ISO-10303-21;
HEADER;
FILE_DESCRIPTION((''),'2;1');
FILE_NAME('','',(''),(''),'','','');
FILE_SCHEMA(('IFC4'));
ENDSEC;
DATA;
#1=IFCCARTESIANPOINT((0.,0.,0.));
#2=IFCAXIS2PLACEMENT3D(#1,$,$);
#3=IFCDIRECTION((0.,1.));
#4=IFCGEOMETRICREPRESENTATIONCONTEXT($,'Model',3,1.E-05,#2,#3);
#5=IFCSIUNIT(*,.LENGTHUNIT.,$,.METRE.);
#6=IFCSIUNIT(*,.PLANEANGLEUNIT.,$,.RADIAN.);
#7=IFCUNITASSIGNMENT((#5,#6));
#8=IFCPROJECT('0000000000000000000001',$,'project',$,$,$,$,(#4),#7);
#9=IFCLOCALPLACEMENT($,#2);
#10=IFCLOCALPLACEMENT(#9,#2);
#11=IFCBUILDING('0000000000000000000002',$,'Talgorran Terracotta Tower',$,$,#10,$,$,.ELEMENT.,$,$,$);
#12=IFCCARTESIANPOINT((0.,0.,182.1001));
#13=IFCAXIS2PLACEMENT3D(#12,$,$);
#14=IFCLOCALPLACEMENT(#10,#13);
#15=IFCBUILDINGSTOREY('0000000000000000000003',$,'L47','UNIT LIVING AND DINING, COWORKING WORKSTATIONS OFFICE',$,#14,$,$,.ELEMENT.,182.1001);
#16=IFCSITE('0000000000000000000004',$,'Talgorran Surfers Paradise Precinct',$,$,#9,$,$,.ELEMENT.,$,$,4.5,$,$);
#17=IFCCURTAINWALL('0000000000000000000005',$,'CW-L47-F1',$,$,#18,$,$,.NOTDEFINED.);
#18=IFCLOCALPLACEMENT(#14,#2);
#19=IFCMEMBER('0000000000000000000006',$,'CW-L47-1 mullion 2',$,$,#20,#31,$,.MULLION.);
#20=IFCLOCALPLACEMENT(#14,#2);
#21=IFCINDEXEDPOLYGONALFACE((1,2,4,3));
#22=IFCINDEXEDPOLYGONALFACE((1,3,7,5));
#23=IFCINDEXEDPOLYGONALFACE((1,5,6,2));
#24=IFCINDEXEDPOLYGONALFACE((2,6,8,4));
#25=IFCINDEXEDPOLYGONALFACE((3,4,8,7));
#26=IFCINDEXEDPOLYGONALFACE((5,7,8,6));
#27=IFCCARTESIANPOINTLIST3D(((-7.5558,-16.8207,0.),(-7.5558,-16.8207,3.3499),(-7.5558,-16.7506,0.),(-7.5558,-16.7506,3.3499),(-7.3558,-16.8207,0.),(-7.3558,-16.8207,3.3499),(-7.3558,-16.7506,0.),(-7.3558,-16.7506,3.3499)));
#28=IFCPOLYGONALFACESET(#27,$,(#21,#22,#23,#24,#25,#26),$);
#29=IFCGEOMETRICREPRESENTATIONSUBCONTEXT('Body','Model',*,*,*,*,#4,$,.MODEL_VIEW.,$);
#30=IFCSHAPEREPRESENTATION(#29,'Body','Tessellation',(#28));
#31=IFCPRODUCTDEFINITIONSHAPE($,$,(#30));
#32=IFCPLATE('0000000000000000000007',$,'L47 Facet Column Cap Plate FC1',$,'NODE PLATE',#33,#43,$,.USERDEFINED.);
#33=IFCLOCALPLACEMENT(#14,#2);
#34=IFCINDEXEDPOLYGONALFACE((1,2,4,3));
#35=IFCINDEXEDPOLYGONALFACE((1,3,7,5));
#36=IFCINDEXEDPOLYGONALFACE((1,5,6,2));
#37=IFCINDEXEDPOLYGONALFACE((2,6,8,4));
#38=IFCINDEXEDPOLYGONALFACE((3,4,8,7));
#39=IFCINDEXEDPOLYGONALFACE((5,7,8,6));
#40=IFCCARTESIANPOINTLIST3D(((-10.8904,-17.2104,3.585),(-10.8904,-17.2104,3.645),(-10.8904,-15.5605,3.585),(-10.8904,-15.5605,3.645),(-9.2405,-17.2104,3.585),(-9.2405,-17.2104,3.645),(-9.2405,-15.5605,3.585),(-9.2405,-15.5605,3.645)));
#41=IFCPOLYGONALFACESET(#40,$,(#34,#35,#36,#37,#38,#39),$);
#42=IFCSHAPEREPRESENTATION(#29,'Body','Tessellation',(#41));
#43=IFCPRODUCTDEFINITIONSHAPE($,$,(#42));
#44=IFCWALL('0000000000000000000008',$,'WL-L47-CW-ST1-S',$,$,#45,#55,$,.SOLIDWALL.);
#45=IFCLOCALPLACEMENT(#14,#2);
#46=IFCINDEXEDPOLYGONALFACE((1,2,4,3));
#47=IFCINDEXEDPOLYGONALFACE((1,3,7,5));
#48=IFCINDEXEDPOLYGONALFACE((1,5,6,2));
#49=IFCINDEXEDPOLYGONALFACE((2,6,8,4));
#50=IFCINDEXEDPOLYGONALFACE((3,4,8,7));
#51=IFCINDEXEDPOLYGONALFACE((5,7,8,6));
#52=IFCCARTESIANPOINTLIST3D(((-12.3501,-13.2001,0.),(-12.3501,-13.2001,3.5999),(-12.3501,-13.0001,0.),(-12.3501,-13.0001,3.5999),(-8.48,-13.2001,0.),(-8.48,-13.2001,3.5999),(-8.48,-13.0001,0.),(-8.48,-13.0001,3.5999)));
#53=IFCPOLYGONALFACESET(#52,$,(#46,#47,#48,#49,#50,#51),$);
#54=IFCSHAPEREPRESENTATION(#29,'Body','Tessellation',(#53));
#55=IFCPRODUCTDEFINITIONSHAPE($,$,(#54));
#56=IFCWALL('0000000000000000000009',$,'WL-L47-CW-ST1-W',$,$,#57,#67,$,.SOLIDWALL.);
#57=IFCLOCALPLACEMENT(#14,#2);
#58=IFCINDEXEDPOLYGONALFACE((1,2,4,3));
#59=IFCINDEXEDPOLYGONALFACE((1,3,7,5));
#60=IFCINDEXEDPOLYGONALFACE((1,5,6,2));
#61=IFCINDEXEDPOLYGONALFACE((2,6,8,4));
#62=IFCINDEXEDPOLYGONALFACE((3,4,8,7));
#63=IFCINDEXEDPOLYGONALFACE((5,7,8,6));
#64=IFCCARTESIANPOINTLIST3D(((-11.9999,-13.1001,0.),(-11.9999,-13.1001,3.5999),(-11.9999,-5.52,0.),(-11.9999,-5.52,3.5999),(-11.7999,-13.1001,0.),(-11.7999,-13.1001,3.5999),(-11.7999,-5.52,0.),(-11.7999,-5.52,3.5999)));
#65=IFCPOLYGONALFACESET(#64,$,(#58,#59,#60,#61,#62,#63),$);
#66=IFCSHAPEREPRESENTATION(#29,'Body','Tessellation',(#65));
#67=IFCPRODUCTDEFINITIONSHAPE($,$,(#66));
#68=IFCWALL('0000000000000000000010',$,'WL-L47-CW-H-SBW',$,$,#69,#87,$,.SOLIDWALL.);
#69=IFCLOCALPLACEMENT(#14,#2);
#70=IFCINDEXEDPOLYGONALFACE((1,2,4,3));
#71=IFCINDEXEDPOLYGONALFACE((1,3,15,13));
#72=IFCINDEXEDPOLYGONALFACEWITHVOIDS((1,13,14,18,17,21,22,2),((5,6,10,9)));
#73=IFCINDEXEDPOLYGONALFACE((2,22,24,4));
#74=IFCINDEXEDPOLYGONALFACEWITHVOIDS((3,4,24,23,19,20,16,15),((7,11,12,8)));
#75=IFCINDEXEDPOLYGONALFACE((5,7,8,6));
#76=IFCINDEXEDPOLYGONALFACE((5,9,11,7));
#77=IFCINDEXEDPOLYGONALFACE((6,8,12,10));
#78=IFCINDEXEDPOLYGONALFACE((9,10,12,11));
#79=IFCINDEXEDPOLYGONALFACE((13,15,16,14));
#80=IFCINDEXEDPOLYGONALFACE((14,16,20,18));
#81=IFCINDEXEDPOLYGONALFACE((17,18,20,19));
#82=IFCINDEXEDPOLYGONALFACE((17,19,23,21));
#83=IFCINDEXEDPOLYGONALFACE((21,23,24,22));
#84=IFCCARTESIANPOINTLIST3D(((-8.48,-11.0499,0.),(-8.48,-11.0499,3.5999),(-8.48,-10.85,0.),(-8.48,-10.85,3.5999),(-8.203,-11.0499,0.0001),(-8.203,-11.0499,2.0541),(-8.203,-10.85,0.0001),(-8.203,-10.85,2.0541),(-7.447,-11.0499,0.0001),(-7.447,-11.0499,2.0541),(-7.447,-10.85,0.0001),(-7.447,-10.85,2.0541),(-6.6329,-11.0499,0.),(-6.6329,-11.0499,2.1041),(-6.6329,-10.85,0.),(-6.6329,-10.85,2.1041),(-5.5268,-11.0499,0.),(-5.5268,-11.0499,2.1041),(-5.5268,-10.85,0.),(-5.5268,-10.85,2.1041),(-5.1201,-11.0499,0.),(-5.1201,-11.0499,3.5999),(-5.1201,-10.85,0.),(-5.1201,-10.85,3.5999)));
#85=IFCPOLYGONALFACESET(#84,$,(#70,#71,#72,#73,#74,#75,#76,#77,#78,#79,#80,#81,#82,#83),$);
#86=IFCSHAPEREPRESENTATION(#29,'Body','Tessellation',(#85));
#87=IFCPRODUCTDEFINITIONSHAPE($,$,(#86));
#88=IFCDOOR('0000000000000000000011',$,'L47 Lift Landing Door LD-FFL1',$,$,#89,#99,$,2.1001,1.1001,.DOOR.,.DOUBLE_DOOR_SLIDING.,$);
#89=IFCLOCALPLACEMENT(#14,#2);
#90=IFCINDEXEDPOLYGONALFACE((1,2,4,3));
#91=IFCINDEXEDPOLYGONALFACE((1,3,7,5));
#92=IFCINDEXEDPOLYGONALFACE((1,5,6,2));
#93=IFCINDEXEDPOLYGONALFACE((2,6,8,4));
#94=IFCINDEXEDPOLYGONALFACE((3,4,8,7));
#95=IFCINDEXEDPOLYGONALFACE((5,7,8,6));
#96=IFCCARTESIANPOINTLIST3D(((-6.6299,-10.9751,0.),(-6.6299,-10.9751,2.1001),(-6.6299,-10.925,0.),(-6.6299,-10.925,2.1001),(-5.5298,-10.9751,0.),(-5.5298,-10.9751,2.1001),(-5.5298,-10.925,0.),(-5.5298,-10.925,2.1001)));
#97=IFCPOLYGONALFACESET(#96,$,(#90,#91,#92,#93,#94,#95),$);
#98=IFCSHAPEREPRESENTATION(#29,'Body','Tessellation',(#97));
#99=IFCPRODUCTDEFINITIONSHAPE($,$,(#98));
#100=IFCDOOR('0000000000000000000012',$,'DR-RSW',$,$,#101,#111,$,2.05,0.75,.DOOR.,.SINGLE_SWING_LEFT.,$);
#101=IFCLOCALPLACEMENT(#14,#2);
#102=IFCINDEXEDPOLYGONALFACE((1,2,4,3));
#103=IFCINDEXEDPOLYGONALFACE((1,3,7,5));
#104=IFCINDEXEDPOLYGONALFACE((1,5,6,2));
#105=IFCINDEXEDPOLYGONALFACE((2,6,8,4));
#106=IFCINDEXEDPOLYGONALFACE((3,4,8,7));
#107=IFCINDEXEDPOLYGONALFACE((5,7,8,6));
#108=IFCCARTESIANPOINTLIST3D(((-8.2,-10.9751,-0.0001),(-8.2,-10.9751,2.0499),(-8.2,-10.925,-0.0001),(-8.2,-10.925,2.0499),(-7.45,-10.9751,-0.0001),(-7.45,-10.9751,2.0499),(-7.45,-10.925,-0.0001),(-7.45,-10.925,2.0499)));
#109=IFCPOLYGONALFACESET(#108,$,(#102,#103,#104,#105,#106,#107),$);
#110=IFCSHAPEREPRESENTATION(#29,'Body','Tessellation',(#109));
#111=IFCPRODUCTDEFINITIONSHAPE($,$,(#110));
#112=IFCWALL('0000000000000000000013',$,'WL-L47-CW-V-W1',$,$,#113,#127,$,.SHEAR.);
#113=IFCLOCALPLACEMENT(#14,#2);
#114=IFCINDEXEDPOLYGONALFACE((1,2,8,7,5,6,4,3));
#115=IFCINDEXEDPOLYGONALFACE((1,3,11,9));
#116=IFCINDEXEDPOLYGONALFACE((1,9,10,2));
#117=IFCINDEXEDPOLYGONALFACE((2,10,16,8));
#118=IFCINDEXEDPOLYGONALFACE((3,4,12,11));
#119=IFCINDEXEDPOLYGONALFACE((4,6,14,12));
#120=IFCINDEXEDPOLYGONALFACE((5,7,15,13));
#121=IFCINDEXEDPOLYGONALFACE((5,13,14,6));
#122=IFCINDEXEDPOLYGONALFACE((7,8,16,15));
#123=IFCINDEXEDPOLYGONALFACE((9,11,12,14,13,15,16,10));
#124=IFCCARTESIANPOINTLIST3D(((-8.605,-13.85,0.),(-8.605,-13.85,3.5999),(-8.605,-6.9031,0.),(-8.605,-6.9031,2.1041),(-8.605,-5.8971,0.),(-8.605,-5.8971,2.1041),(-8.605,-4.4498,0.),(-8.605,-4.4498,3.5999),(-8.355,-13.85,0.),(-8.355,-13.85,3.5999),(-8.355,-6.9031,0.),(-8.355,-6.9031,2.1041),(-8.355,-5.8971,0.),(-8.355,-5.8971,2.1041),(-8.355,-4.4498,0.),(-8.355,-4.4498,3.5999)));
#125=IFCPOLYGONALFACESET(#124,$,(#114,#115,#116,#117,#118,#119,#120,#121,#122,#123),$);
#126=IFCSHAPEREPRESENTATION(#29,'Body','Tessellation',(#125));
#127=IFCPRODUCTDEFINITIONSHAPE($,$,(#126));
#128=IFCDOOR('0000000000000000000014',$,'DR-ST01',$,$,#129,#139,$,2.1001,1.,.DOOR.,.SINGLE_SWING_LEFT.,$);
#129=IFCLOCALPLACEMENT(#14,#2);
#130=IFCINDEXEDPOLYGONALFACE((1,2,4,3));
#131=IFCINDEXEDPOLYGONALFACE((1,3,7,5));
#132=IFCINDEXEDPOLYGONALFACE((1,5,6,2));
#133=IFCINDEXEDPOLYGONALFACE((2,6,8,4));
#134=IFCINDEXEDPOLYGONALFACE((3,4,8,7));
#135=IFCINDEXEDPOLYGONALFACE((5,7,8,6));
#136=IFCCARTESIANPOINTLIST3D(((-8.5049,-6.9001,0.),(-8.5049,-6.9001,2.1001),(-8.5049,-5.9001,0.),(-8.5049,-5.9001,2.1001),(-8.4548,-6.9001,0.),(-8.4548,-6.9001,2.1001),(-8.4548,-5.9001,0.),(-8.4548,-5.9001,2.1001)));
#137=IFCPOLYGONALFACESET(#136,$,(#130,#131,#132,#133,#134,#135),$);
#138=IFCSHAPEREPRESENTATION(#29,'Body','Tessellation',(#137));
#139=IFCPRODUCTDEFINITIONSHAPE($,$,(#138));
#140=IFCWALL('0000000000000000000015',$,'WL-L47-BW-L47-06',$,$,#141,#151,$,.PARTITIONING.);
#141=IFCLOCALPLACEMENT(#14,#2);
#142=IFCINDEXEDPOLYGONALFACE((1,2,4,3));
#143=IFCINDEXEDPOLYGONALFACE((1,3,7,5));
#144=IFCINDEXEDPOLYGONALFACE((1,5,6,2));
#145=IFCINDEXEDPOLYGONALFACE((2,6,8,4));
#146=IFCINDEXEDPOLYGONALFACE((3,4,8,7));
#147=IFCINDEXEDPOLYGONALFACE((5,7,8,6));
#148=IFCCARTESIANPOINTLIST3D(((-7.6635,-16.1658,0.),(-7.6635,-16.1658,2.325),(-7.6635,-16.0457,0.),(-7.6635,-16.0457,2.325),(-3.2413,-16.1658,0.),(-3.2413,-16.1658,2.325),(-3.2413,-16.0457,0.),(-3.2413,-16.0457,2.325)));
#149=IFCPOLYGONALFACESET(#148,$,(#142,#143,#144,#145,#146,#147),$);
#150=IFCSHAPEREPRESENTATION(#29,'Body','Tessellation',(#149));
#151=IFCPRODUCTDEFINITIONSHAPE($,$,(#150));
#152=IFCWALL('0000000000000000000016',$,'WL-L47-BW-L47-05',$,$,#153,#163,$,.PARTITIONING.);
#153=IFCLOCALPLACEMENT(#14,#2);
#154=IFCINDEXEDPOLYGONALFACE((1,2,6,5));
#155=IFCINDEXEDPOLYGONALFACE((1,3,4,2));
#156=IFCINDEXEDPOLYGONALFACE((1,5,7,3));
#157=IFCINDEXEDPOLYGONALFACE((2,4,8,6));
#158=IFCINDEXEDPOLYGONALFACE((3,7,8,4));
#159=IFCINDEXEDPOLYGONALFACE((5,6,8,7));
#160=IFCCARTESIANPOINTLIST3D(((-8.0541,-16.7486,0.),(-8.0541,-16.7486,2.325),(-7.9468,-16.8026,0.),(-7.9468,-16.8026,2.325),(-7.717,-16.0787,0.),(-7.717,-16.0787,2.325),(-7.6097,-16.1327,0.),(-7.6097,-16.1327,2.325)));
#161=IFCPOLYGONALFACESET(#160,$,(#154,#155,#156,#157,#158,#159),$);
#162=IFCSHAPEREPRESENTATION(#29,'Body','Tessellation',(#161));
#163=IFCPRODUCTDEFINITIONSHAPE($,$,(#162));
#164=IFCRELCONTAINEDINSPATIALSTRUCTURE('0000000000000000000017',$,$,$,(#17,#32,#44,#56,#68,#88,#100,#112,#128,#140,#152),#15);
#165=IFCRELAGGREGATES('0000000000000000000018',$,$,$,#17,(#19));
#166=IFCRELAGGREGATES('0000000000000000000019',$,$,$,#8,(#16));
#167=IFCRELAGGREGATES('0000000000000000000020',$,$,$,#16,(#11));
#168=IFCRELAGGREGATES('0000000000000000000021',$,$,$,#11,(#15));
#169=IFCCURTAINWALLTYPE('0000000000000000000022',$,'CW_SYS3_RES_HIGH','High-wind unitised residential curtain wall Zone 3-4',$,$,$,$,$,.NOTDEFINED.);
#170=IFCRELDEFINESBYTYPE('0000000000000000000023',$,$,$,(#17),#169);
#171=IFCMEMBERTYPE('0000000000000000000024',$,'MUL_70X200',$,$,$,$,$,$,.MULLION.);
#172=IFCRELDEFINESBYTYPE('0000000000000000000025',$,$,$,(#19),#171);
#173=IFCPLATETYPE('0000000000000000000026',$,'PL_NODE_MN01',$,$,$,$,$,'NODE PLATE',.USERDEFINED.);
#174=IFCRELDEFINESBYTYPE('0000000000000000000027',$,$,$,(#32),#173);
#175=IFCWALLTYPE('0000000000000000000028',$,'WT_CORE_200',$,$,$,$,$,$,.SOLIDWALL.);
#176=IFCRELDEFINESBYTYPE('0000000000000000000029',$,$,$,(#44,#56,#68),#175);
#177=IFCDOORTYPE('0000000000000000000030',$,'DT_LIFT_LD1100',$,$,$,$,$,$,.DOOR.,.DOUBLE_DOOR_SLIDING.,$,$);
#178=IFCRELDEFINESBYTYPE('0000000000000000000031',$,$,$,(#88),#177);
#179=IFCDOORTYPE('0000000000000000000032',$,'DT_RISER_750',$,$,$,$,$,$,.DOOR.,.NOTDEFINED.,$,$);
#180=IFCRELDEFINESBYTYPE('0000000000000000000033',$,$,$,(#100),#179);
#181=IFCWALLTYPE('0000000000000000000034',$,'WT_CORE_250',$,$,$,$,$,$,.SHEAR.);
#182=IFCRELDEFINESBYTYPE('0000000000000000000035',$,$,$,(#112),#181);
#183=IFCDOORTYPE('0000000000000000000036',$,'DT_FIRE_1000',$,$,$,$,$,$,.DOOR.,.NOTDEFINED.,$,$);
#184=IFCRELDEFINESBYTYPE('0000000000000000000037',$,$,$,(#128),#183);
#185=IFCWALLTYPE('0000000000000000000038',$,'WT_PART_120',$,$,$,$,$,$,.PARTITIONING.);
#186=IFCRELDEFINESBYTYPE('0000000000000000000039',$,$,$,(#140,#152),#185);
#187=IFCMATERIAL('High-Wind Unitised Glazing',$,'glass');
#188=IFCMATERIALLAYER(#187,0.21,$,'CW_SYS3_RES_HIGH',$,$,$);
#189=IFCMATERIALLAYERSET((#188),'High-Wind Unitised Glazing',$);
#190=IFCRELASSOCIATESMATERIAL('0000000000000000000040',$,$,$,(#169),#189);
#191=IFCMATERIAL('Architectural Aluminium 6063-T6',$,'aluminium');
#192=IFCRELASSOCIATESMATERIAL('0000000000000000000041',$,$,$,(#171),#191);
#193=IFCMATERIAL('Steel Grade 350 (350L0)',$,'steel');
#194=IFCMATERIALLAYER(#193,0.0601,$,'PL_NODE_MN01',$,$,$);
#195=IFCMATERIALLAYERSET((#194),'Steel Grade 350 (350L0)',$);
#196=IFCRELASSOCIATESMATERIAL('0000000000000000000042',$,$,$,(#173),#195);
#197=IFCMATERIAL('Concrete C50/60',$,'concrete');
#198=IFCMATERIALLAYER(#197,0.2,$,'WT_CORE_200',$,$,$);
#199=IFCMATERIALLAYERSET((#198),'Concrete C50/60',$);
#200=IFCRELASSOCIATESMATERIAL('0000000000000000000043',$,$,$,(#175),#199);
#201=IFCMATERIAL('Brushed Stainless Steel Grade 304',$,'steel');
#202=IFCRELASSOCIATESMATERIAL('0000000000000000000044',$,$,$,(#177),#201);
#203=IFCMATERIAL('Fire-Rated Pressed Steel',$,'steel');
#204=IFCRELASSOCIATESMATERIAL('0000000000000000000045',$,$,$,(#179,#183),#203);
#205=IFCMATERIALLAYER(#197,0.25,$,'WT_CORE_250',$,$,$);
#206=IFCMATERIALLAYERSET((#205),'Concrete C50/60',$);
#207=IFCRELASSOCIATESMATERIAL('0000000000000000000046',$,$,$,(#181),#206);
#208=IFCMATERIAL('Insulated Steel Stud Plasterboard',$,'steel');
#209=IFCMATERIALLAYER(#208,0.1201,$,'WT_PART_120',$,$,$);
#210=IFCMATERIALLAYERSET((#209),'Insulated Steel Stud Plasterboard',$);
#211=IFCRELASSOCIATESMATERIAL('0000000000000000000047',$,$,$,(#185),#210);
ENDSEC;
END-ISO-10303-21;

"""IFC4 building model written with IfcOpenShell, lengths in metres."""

from ifc_helpers import new_model, si_unit, direction, frame, frame_2d, origin, origin_2d, place, context, subcontext, project, spatial, rectangle, extrude, material, layer, layer_set, material_profile, profile_set, type_object, element, fill, aggregate, save


model = new_model("IFC4")

# Units and contexts
model_context = context("Model", 3, precision=1e-05, world=origin(), true_north=direction((0.0, 1.0)))
body_context = subcontext(model_context, "Body", "Model", "MODEL_VIEW")
ifc_project = project(units=[si_unit("LENGTHUNIT", "METRE"), si_unit("PLANEANGLEUNIT", "RADIAN")], contexts=[model_context])

# Site, building, storey
site_placement = place(None, origin())
site = spatial("IfcSite", under=ifc_project, at=site_placement, Name="Talgorran Surfers Paradise Precinct", CompositionType="ELEMENT", RefElevation=4.5)
building_placement = place(site_placement, origin())
building = spatial("IfcBuilding", under=site, at=building_placement, Name="Talgorran Terracotta Tower", CompositionType="ELEMENT")
storey_placement = place(building_placement, frame((0.0, 0.0, 182.1001)))
storey = spatial("IfcBuildingStorey", under=building, at=storey_placement, Name="L47", Description="UNIT LIVING AND DINING, COWORKING WORKSTATIONS OFFICE", CompositionType="ELEMENT", Elevation=182.1001)

# Shared definitions
ifc_material_1 = material(Name="Steel Grade 350 (350L0)", Category="steel")

# Shared definitions
ifc_material_2 = material(Name="Concrete C50/60", Category="concrete")

# Curtain wall, member
ifc_material_3 = material(Name="High-Wind Unitised Glazing", Category="glass")
ifc_layer_1 = layer(ifc_material_3, 0.21, Name="CW_SYS3_RES_HIGH")
ifc_layer_set_1 = layer_set([ifc_layer_1], Name="High-Wind Unitised Glazing")
curtain_wall_type = type_object("IfcCurtainWallType", Name="CW_SYS3_RES_HIGH", Description="High-wind unitised residential curtain wall Zone 3-4", PredefinedType="NOTDEFINED", material=ifc_layer_set_1)
curtain_wall_placement = place(storey_placement, origin())
curtain_wall = element("IfcCurtainWall", 1, at=curtain_wall_placement, inside=storey, type_object=curtain_wall_type, Name="CW-L47-F1", PredefinedType="NOTDEFINED")
ifc_material_4 = material(Name="Architectural Aluminium 6063-T6", Category="aluminium")
ifc_material_profile_1 = material_profile(ifc_material_4, rectangle(XDim=0.0701, YDim=0.2, at=origin_2d()), Name="CWM70X200")
ifc_profile_set_1 = profile_set([ifc_material_profile_1], Name="Architectural Aluminium 6063-T6")
member_type = type_object("IfcMemberType", Name="MUL_70X200", PredefinedType="MULLION", material=ifc_profile_set_1)
member_placement = place(storey_placement, frame((-7.4558, -16.7856, 0.0), z_axis=(0.0, 0.0, 1.0), x_axis=(0.0, 1.0, 0.0)))
member = element("IfcMember", 2, at=member_placement, type_object=member_type, Name="CW-L47-1 mullion 2", PredefinedType="MULLION", context=body_context, shape_type="SweptSolid", body=[
    extrude(rectangle(XDim=0.0701, YDim=0.2, at=origin_2d()), origin(), (0.0, 0.0, 1.0), 3.3499),
])
aggregate(curtain_wall, [member])

# Plate
ifc_layer_2 = layer(ifc_material_1, 0.0601, Name="PL_NODE_MN01")
ifc_layer_set_2 = layer_set([ifc_layer_2], Name="Steel Grade 350 (350L0)")
plate_type = type_object("IfcPlateType", Name="PL_NODE_MN01", ElementType="NODE PLATE", PredefinedType="USERDEFINED", material=ifc_layer_set_2)
plate_placement = place(storey_placement, frame((-10.0654, -16.3855, 3.585), z_axis=(0.0, 0.0, 1.0), x_axis=(1.0, 0.0, 0.0)))
element("IfcPlate", 3, at=plate_placement, inside=storey, type_object=plate_type, Name="L47 Facet Column Cap Plate FC1", ObjectType="NODE PLATE", PredefinedType="USERDEFINED", context=body_context, shape_type="SweptSolid", body=[
    extrude(rectangle(XDim=1.6499, YDim=1.6499, at=origin_2d()), origin(), (0.0, 0.0, 1.0), 0.0601),
])

# Walls
ifc_layer_3 = layer(ifc_material_2, 0.2, Name="WT_CORE_200")
ifc_layer_set_3 = layer_set([ifc_layer_3], Name="Concrete C50/60")
wall_type_1 = type_object("IfcWallType", Name="WT_CORE_200", PredefinedType="SOLIDWALL", material=ifc_layer_set_3)
wall_1_placement = place(storey_placement, frame((-12.3501, -13.1001, 0.0), z_axis=(0.0, 0.0, 1.0), x_axis=(1.0, 0.0, 0.0)))
element("IfcWall", 4, at=wall_1_placement, inside=storey, type_object=wall_type_1, Name="WL-L47-CW-ST1-S", PredefinedType="SOLIDWALL", context=body_context, shape_type="SweptSolid", body=[
    extrude(rectangle(XDim=3.8701, YDim=0.2, at=frame_2d((1.9351, 0.0))), origin(), (0.0, 0.0, 1.0), 3.5999),
])
wall_2_placement = place(storey_placement, frame((-11.8999, -13.1001, 0.0), z_axis=(0.0, 0.0, 1.0), x_axis=(0.0, 1.0, 0.0)))
element("IfcWall", 5, at=wall_2_placement, inside=storey, type_object=wall_type_1, Name="WL-L47-CW-ST1-W", PredefinedType="SOLIDWALL", context=body_context, shape_type="SweptSolid", body=[
    extrude(rectangle(XDim=7.5801, YDim=0.2, at=frame_2d((3.79, 0.0))), origin(), (0.0, 0.0, 1.0), 3.5999),
])

# Wall, openings, doors
wall_3_placement = place(storey_placement, frame((-8.48, -10.95, 0.0), z_axis=(0.0, 0.0, 1.0), x_axis=(1.0, 0.0, 0.0)))
wall_3 = element("IfcWall", 6, at=wall_3_placement, inside=storey, type_object=wall_type_1, Name="WL-L47-CW-H-SBW", PredefinedType="SOLIDWALL", context=body_context, shape_type="SweptSolid", body=[
    extrude(rectangle(XDim=3.3599, YDim=0.2, at=frame_2d((1.6799, 0.0))), origin(), (0.0, 0.0, 1.0), 3.5999),
])
opening_1_placement = place(wall_3_placement, frame((0.28, 0.0, 0.0)))
opening_1 = element("IfcOpeningElement", 7, at=opening_1_placement, cuts=wall_3, PredefinedType="OPENING", context=body_context, shape_type="SweptSolid", body=[
    extrude(rectangle(XDim=0.756, YDim=2.054, at=frame_2d((0.375, 1.0271))), frame((0.0, 0.1099, 0.0), z_axis=(0.0, -1.0, 0.0), x_axis=(1.0, 0.0, 0.0)), (0.0, 0.0, 1.0), 0.22),
])
opening_2_placement = place(wall_3_placement, frame((1.8501, 0.0, 0.0)))
opening_2 = element("IfcOpeningElement", 8, at=opening_2_placement, cuts=wall_3, PredefinedType="OPENING", context=body_context, shape_type="SweptSolid", body=[
    extrude(rectangle(XDim=1.1061, YDim=2.1041, at=frame_2d((0.55, 1.052))), frame((0.0, 0.1099, 0.0), z_axis=(0.0, -1.0, 0.0), x_axis=(1.0, 0.0, 0.0)), (0.0, 0.0, 1.0), 0.22),
])
ifc_material_5 = material(Name="Brushed Stainless Steel Grade 304", Category="steel")
door_type_1 = type_object("IfcDoorType", Name="DT_LIFT_LD1100", OperationType="DOUBLE_DOOR_SLIDING", PredefinedType="DOOR", material=ifc_material_5)
door_1_placement = place(opening_2_placement, origin())
door_1 = element("IfcDoor", 9, at=door_1_placement, inside=storey, type_object=door_type_1, Name="L47 Lift Landing Door LD-FFL1", OperationType="DOUBLE_DOOR_SLIDING", OverallHeight=2.1001, OverallWidth=1.1001, PredefinedType="DOOR", context=body_context, shape_type="SweptSolid", body=[
    extrude(rectangle(XDim=1.1001, YDim=2.1001, at=frame_2d((0.55, 1.05))), frame((0.0, 0.0249, 0.0), z_axis=(0.0, -1.0, 0.0), x_axis=(1.0, 0.0, 0.0)), (0.0, 0.0, 1.0), 0.05),
])
fill(opening_2, door_1)
ifc_material_6 = material(Name="Fire-Rated Pressed Steel", Category="steel")
door_type_2 = type_object("IfcDoorType", Name="DT_RISER_750", OperationType="NOTDEFINED", PredefinedType="DOOR", material=ifc_material_6)
door_2_placement = place(opening_1_placement, origin())
door_2 = element("IfcDoor", 10, at=door_2_placement, inside=storey, type_object=door_type_2, Name="DR-RSW", OperationType="SINGLE_SWING_LEFT", OverallHeight=2.05, OverallWidth=0.75, PredefinedType="DOOR", context=body_context, shape_type="SweptSolid", body=[
    extrude(rectangle(XDim=0.75, YDim=2.05, at=frame_2d((0.375, 1.0249))), frame((0.0, 0.0249, 0.0), z_axis=(0.0, -1.0, 0.0), x_axis=(1.0, 0.0, 0.0)), (0.0, 0.0, 1.0), 0.05),
])
fill(opening_1, door_2)

# Wall, opening, door
ifc_layer_4 = layer(ifc_material_2, 0.25, Name="WT_CORE_250")
ifc_layer_set_4 = layer_set([ifc_layer_4], Name="Concrete C50/60")
wall_type_2 = type_object("IfcWallType", Name="WT_CORE_250", PredefinedType="SHEAR", material=ifc_layer_set_4)
wall_4_placement = place(storey_placement, frame((-8.48, -13.8501, 0.0), z_axis=(0.0, 0.0, 1.0), x_axis=(0.0, 1.0, 0.0)))
wall_4 = element("IfcWall", 11, at=wall_4_placement, inside=storey, type_object=wall_type_2, Name="WL-L47-CW-V-W1", PredefinedType="SHEAR", context=body_context, shape_type="SweptSolid", body=[
    extrude(rectangle(XDim=9.4001, YDim=0.25, at=frame_2d((4.7002, 0.0))), origin(), (0.0, 0.0, 1.0), 3.5999),
])
opening_3_placement = place(wall_4_placement, frame((6.95, 0.0, 0.0)))
opening_3 = element("IfcOpeningElement", 12, at=opening_3_placement, cuts=wall_4, PredefinedType="OPENING", context=body_context, shape_type="SweptSolid", body=[
    extrude(rectangle(XDim=1.006, YDim=2.1041, at=frame_2d((0.5, 1.052))), frame((0.0, 0.135, 0.0), z_axis=(0.0, -1.0, 0.0), x_axis=(1.0, 0.0, 0.0)), (0.0, 0.0, 1.0), 0.27),
])
door_type_3 = type_object("IfcDoorType", Name="DT_FIRE_1000", OperationType="NOTDEFINED", PredefinedType="DOOR", material=ifc_material_6)
door_3_placement = place(opening_3_placement, origin())
door_3 = element("IfcDoor", 13, at=door_3_placement, inside=storey, type_object=door_type_3, Name="DR-ST01", OperationType="SINGLE_SWING_LEFT", OverallHeight=2.1001, OverallWidth=1.0, PredefinedType="DOOR", context=body_context, shape_type="SweptSolid", body=[
    extrude(rectangle(XDim=1.0, YDim=2.1001, at=frame_2d((0.5, 1.05))), frame((0.0, 0.0249, 0.0), z_axis=(0.0, -1.0, 0.0), x_axis=(1.0, 0.0, 0.0)), (0.0, 0.0, 1.0), 0.05),
])
fill(opening_3, door_3)

# Walls
ifc_material_7 = material(Name="Insulated Steel Stud Plasterboard", Category="steel")
ifc_layer_5 = layer(ifc_material_7, 0.1201, Name="WT_PART_120")
ifc_layer_set_5 = layer_set([ifc_layer_5], Name="Insulated Steel Stud Plasterboard")
wall_type_3 = type_object("IfcWallType", Name="WT_PART_120", PredefinedType="PARTITIONING", material=ifc_layer_set_5)
wall_5_placement = place(storey_placement, frame((-7.6633, -16.1057, 0.0), z_axis=(0.0, 0.0, 1.0), x_axis=(1.0, 0.0, 0.0)))
element("IfcWall", 14, at=wall_5_placement, inside=storey, type_object=wall_type_3, Name="WL-L47-BW-L47-06", PredefinedType="PARTITIONING", context=body_context, shape_type="SweptSolid", body=[
    extrude(rectangle(XDim=4.4221, YDim=0.1201, at=frame_2d((2.2109, 0.0))), origin(), (0.0, 0.0, 1.0), 2.325),
])
wall_6_placement = place(storey_placement, frame((-8.0005, -16.7756, 0.0), z_axis=(0.0, 0.0, 1.0), x_axis=(0.449556, 0.893252, 0.0)))
element("IfcWall", 15, at=wall_6_placement, inside=storey, type_object=wall_type_3, Name="WL-L47-BW-L47-05", PredefinedType="PARTITIONING", context=body_context, shape_type="SweptSolid", body=[
    extrude(rectangle(XDim=0.75, YDim=0.1201, at=frame_2d((0.375, 0.0))), origin(), (0.0, 0.0, 1.0), 2.325),
])

save(model, "model.ifc")
